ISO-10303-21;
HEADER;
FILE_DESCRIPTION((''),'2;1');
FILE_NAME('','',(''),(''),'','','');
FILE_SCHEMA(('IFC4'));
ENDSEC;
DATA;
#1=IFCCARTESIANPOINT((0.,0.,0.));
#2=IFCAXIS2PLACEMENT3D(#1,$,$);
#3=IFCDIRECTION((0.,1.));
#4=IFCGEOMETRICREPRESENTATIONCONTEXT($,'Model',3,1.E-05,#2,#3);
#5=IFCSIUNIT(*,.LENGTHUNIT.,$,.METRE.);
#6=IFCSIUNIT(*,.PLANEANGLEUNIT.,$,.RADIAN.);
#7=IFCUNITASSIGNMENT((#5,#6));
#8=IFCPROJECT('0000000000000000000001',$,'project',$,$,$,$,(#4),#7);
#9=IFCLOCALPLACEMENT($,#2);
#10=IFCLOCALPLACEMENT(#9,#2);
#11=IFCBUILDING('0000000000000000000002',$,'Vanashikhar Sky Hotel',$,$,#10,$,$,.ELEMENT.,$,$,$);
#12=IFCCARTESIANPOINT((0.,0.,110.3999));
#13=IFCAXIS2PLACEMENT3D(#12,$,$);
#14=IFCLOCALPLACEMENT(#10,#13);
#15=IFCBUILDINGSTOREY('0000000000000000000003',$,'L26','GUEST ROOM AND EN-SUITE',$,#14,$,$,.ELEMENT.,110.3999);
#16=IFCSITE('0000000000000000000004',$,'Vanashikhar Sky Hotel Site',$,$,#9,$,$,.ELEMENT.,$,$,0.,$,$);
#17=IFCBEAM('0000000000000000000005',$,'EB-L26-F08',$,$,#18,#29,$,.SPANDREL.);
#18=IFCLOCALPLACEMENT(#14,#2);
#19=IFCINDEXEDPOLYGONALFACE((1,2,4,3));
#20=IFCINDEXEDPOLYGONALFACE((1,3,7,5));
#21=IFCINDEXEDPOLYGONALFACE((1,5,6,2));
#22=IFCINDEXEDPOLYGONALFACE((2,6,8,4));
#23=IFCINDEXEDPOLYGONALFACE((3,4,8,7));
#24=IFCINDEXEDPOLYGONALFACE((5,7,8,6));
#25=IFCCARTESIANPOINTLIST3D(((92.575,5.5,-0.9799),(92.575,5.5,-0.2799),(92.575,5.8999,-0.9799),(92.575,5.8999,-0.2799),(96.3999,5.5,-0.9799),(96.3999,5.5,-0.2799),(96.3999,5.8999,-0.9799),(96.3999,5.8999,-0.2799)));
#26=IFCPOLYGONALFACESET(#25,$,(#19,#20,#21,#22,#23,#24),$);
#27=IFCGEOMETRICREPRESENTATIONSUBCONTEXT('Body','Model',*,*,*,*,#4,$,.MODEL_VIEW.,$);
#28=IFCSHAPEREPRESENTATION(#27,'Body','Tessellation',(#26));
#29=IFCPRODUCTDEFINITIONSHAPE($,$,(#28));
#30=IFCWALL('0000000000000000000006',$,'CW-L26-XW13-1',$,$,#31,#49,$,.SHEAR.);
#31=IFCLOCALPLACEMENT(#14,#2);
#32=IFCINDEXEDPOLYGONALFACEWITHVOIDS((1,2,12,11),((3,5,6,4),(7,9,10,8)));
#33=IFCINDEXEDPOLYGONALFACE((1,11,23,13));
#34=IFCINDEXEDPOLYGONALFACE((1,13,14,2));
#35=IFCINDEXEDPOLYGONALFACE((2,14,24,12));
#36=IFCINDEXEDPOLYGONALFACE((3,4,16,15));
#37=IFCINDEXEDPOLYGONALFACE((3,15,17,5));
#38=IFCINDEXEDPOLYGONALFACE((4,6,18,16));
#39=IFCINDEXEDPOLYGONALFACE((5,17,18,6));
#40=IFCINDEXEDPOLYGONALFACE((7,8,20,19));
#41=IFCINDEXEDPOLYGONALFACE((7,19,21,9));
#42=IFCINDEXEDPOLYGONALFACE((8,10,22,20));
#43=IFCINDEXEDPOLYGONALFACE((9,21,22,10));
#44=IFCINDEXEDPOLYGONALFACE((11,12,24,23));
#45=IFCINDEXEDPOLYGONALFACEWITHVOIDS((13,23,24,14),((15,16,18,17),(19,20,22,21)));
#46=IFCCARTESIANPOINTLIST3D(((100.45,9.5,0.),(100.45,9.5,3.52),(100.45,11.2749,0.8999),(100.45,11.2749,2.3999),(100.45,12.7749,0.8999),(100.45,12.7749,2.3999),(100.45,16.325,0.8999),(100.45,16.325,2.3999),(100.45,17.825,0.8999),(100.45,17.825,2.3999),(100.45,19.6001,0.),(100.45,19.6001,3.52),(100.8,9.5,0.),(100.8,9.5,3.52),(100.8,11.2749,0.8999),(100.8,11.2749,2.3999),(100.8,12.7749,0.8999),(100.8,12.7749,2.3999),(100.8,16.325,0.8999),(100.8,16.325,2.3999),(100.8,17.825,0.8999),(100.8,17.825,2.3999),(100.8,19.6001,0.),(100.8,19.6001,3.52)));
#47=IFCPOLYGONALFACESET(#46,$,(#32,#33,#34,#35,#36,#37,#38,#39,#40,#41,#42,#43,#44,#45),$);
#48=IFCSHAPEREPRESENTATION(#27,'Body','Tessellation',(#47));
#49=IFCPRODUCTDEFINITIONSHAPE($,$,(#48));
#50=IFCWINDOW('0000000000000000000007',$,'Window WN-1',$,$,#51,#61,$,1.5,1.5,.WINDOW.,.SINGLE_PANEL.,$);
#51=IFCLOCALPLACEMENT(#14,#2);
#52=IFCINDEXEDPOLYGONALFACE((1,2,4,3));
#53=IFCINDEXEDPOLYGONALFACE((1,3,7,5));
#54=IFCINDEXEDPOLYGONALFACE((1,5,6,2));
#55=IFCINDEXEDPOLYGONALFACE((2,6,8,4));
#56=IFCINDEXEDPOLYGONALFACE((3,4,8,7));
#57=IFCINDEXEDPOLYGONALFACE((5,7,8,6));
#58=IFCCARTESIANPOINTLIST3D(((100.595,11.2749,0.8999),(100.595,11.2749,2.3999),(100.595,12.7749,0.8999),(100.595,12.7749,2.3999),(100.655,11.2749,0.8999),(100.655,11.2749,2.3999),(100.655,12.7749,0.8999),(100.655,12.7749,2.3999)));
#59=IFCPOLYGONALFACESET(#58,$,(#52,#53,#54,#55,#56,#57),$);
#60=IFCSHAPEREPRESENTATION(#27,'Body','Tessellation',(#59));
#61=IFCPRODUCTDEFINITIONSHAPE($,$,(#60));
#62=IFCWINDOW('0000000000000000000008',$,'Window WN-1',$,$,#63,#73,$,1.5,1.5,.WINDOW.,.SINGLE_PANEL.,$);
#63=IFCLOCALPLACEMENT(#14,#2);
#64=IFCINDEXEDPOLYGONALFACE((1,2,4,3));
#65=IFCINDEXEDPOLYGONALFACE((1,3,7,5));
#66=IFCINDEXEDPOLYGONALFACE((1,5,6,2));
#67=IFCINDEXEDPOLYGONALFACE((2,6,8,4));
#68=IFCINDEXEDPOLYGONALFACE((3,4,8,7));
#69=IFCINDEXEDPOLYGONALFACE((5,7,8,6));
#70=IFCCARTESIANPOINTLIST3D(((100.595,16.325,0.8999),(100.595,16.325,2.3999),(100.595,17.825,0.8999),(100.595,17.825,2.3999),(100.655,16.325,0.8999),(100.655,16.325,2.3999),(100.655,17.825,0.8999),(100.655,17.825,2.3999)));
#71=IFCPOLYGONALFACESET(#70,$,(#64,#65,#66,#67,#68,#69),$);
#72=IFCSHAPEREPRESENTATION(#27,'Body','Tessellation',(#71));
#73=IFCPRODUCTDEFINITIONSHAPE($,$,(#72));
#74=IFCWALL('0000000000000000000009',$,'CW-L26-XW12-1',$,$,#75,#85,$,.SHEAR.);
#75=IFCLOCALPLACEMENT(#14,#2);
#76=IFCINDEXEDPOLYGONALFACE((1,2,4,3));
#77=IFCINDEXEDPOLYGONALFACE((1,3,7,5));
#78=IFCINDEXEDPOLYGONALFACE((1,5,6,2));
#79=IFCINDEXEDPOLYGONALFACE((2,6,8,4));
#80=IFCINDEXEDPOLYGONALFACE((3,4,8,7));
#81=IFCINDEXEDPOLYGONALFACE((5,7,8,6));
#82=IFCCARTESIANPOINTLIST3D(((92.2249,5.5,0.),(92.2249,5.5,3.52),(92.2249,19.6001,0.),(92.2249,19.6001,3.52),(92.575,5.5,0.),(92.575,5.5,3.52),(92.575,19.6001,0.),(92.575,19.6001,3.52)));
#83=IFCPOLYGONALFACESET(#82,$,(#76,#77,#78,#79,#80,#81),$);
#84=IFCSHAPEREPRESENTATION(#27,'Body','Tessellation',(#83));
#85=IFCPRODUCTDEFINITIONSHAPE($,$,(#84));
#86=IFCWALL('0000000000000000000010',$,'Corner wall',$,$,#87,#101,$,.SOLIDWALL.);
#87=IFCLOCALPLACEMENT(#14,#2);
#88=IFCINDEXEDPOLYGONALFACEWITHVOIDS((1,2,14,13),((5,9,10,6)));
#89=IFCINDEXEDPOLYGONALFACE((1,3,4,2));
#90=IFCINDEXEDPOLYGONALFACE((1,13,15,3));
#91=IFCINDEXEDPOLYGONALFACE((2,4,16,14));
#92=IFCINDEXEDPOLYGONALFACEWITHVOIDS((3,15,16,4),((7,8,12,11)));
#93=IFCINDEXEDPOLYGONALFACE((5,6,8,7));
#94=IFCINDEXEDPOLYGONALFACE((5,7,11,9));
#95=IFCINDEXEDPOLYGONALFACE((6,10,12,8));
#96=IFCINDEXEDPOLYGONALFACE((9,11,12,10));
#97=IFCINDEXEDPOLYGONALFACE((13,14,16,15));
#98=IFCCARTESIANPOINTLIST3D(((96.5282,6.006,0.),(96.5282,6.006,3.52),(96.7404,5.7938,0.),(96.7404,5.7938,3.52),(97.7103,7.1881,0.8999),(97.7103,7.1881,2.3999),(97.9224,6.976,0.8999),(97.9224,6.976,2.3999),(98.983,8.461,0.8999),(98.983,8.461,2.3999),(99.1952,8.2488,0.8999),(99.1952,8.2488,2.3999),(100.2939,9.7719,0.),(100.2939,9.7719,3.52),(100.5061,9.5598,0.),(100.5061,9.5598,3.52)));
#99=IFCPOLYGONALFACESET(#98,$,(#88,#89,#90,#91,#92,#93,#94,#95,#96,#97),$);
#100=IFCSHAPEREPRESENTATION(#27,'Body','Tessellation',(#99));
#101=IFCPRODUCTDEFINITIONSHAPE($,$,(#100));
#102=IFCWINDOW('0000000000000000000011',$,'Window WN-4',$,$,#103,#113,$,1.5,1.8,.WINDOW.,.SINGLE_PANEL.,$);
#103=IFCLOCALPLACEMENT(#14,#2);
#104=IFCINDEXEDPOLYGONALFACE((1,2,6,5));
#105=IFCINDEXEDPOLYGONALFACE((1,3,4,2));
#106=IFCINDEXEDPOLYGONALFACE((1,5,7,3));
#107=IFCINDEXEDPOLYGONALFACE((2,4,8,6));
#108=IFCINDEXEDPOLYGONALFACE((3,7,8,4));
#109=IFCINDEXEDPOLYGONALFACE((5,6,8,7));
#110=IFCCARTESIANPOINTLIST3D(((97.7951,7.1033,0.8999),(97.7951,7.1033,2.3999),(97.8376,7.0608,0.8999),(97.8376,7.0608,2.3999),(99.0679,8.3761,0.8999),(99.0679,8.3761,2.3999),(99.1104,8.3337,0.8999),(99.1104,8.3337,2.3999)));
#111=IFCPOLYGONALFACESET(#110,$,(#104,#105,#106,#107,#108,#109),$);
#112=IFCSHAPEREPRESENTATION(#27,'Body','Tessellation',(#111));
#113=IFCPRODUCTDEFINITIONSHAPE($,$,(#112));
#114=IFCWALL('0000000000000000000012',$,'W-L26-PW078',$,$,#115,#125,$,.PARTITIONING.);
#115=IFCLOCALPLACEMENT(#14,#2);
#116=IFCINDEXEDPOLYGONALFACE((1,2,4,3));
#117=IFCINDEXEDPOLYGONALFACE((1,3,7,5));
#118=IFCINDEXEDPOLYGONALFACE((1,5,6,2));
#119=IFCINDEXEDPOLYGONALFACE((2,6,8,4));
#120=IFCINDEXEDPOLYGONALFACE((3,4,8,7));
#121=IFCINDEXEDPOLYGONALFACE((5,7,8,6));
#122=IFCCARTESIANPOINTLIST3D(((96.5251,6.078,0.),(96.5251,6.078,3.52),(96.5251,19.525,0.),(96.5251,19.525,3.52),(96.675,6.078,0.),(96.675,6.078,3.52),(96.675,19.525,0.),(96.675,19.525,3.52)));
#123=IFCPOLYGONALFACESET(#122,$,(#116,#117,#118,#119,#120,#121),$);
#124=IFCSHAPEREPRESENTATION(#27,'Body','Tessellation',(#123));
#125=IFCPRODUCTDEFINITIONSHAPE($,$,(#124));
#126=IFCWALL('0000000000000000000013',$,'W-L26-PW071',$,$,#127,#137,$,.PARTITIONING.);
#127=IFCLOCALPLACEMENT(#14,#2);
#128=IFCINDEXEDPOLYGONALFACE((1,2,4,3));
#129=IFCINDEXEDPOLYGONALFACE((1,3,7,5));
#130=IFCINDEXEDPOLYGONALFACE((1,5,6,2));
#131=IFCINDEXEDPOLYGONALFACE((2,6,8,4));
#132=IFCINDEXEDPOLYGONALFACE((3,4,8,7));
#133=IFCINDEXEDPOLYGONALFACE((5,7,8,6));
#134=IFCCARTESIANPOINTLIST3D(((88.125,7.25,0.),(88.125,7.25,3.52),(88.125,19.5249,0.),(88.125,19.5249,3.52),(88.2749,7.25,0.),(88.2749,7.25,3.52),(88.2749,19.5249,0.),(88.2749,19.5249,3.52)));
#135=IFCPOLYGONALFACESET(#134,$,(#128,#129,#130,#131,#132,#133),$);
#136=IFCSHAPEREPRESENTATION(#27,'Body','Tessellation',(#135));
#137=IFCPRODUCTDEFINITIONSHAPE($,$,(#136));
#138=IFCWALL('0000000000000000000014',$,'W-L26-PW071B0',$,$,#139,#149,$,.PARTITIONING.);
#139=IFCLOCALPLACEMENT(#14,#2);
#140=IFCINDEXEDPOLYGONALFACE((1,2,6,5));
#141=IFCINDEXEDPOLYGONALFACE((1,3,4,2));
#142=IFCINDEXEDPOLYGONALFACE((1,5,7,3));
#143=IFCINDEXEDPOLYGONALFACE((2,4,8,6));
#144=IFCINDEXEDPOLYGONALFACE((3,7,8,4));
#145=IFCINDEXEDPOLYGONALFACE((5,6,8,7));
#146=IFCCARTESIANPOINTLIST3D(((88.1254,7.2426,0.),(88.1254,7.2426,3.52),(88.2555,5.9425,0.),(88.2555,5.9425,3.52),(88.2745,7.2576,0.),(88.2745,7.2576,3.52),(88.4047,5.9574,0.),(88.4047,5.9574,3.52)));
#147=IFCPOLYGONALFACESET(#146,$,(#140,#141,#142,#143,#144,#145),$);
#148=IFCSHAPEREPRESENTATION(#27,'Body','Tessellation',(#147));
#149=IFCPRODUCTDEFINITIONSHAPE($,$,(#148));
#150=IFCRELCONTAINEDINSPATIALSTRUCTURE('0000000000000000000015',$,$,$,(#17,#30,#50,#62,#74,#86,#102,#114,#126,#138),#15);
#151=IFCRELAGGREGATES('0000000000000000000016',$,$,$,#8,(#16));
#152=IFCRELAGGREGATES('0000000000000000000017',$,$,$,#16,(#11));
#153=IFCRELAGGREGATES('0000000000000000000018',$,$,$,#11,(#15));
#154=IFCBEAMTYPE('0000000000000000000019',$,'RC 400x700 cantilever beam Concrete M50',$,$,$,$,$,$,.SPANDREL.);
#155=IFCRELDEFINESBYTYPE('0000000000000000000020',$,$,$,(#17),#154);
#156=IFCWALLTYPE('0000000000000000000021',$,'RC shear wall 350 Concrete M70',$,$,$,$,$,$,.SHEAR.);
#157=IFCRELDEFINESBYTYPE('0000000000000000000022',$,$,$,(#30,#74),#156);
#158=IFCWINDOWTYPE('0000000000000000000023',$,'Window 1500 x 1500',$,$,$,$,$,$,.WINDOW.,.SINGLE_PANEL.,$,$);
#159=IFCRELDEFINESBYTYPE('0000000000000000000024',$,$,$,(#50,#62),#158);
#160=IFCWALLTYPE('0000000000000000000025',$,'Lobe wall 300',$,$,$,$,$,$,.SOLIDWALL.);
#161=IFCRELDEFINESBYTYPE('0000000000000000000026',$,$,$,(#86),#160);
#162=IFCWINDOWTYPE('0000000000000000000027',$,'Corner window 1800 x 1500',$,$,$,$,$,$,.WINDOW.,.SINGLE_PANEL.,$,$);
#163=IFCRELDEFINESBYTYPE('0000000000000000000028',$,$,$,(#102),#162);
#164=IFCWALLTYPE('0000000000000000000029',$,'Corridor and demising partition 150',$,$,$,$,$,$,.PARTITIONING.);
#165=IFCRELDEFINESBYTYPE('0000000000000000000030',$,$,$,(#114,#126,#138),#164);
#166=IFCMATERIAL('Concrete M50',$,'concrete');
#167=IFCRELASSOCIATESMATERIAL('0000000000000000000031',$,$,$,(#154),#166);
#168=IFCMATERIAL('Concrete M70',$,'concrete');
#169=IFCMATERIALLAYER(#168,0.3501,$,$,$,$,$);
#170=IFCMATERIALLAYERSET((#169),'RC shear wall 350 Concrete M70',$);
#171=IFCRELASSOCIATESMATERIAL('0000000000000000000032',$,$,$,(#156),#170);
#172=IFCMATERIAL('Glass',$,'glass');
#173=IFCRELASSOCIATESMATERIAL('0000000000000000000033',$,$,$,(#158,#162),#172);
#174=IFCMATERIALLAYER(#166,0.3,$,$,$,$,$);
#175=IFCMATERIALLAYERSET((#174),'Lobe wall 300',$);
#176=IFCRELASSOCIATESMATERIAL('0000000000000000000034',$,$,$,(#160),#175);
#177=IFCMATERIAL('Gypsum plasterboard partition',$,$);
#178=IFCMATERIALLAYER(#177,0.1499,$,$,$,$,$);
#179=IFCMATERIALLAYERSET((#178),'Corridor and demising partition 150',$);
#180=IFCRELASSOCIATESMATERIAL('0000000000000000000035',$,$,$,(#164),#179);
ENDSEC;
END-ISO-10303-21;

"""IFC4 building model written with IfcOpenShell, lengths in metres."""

from ifc_helpers import new_model, si_unit, direction, frame, frame_2d, origin, origin_2d, place, context, subcontext, project, spatial, rectangle, extrude, source, transform, mapped, material, layer, layer_set, material_profile, profile_set, type_object, element, fill, save


model = new_model("IFC4")

# Units and contexts
model_context = context("Model", 3, precision=1e-05, world=origin(), true_north=direction((0.0, 1.0)))
body_context = subcontext(model_context, "Body", "Model", "MODEL_VIEW")
ifc_project = project(units=[si_unit("LENGTHUNIT", "METRE"), si_unit("PLANEANGLEUNIT", "RADIAN")], contexts=[model_context])

# Site, building, storey
site_placement = place(None, origin())
site = spatial("IfcSite", under=ifc_project, at=site_placement, Name="Vanashikhar Sky Hotel Site", CompositionType="ELEMENT", RefElevation=0.0)
building_placement = place(site_placement, origin())
building = spatial("IfcBuilding", under=site, at=building_placement, Name="Vanashikhar Sky Hotel", CompositionType="ELEMENT")
storey_placement = place(building_placement, frame((0.0, 0.0, 110.3999)))
storey = spatial("IfcBuildingStorey", under=building, at=storey_placement, Name="L26", Description="GUEST ROOM AND EN-SUITE", CompositionType="ELEMENT", Elevation=110.3999)

# Beam
ifc_material_1 = material(Name="Concrete M50", Category="concrete")
ifc_material_profile = material_profile(ifc_material_1, rectangle(XDim=0.3999, YDim=0.7, at=origin_2d()))
ifc_profile_set = profile_set([ifc_material_profile], Name="RC 400x700 cantilever beam Concrete M50")
beam_type = type_object("IfcBeamType", Name="RC 400x700 cantilever beam Concrete M50", PredefinedType="SPANDREL", material=ifc_profile_set)
shared_shape_1 = source(origin(), body_context, "Body", "SweptSolid", [
    extrude(rectangle(XDim=0.3999, YDim=0.7, at=origin_2d()), origin(), (0.0, 0.0, 1.0), 3.825),
])
beam_placement = place(storey_placement, frame((92.575, 5.7, -0.6299), z_axis=(1.0, 0.0, 0.0), x_axis=(0.0, 1.0, 0.0)))
element("IfcBeam", 1, at=beam_placement, inside=storey, type_object=beam_type, Name="EB-L26-F08", PredefinedType="SPANDREL", context=body_context, shape_type="MappedRepresentation", body=[
    mapped(shared_shape_1, transform((0.0, 0.0, 0.0), scale=1.0)),
])

# Wall, openings, windows
ifc_material_2 = material(Name="Concrete M70", Category="concrete")
ifc_layer_1 = layer(ifc_material_2, 0.3501)
ifc_layer_set_1 = layer_set([ifc_layer_1], Name="RC shear wall 350 Concrete M70")
wall_type_1 = type_object("IfcWallType", Name="RC shear wall 350 Concrete M70", PredefinedType="SHEAR", material=ifc_layer_set_1)
shared_shape_2 = source(origin(), body_context, "Body", "SweptSolid", [
    extrude(rectangle(XDim=10.1001, YDim=0.3501, at=frame_2d((5.05, 0.0))), origin(), (0.0, 0.0, 1.0), 3.52),
])
wall_1_placement = place(storey_placement, frame((100.625, 9.5, 0.0), z_axis=(0.0, 0.0, 1.0), x_axis=(0.0, 1.0, 0.0)))
wall_1 = element("IfcWall", 2, at=wall_1_placement, inside=storey, type_object=wall_type_1, Name="CW-L26-XW13-1", PredefinedType="SHEAR", context=body_context, shape_type="MappedRepresentation", body=[
    mapped(shared_shape_2, transform((0.0, 0.0, 0.0), scale=1.0)),
])
shared_shape_3 = source(origin(), body_context, "Body", "SweptSolid", [
    extrude(rectangle(XDim=1.5, YDim=1.5, at=frame_2d((0.75, 0.75))), frame((0.0, 0.1851, 0.0), z_axis=(0.0, -1.0, 0.0), x_axis=(1.0, 0.0, 0.0)), (0.0, 0.0, 1.0), 0.3701),
])
opening_1_placement = place(wall_1_placement, frame((1.7749, 0.0, 0.8999)))
opening_1 = element("IfcOpeningElement", 3, at=opening_1_placement, cuts=wall_1, PredefinedType="OPENING", context=body_context, shape_type="MappedRepresentation", body=[
    mapped(shared_shape_3, transform((0.0, 0.0, 0.0), scale=1.0)),
])
opening_2_placement = place(wall_1_placement, frame((6.825, 0.0, 0.8999)))
opening_2 = element("IfcOpeningElement", 4, at=opening_2_placement, cuts=wall_1, PredefinedType="OPENING", context=body_context, shape_type="MappedRepresentation", body=[
    mapped(shared_shape_3, transform((0.0, 0.0, 0.0), scale=1.0)),
])
ifc_material_3 = material(Name="Glass", Category="glass")
window_type_1 = type_object("IfcWindowType", Name="Window 1500 x 1500", PartitioningType="SINGLE_PANEL", PredefinedType="WINDOW", material=ifc_material_3)
shared_shape_4 = source(origin(), body_context, "Body", "SweptSolid", [
    extrude(rectangle(XDim=1.5, YDim=1.5, at=frame_2d((0.75, 0.75))), frame((0.0, 0.03, 0.0), z_axis=(0.0, -1.0, 0.0), x_axis=(1.0, 0.0, 0.0)), (0.0, 0.0, 1.0), 0.0601),
])
window_1_placement = place(opening_1_placement, origin())
window_1 = element("IfcWindow", 5, at=window_1_placement, inside=storey, type_object=window_type_1, Name="Window WN-1", OverallHeight=1.5, OverallWidth=1.5, PartitioningType="SINGLE_PANEL", PredefinedType="WINDOW", context=body_context, shape_type="MappedRepresentation", body=[
    mapped(shared_shape_4, transform((0.0, 0.0, 0.0), scale=1.0)),
])
fill(opening_1, window_1)
window_2_placement = place(opening_2_placement, origin())
window_2 = element("IfcWindow", 6, at=window_2_placement, inside=storey, type_object=window_type_1, Name="Window WN-1", OverallHeight=1.5, OverallWidth=1.5, PartitioningType="SINGLE_PANEL", PredefinedType="WINDOW", context=body_context, shape_type="MappedRepresentation", body=[
    mapped(shared_shape_4, transform((0.0, 0.0, 0.0), scale=1.0)),
])
fill(opening_2, window_2)

# Wall
shared_shape_5 = source(origin(), body_context, "Body", "SweptSolid", [
    extrude(rectangle(XDim=14.1001, YDim=0.3501, at=frame_2d((7.05, 0.0))), origin(), (0.0, 0.0, 1.0), 3.52),
])
wall_2_placement = place(storey_placement, frame((92.3999, 5.5, 0.0), z_axis=(0.0, 0.0, 1.0), x_axis=(0.0, 1.0, 0.0)))
element("IfcWall", 7, at=wall_2_placement, inside=storey, type_object=wall_type_1, Name="CW-L26-XW12-1", PredefinedType="SHEAR", context=body_context, shape_type="MappedRepresentation", body=[
    mapped(shared_shape_5, transform((0.0, 0.0, 0.0), scale=1.0)),
])

# Wall, opening, window
ifc_layer_2 = layer(ifc_material_1, 0.3)
ifc_layer_set_2 = layer_set([ifc_layer_2], Name="Lobe wall 300")
wall_type_2 = type_object("IfcWallType", Name="Lobe wall 300", PredefinedType="SOLIDWALL", material=ifc_layer_set_2)
shared_shape_6 = source(origin(), body_context, "Body", "SweptSolid", [
    extrude(rectangle(XDim=5.3257, YDim=0.3, at=frame_2d((2.6628, 0.0))), origin(), (0.0, 0.0, 1.0), 3.52),
])
wall_3_placement = place(storey_placement, frame((96.6343, 5.8999, 0.0), z_axis=(0.0, 0.0, 1.0), x_axis=(0.707084, 0.70713, 0.0)))
wall_3 = element("IfcWall", 8, at=wall_3_placement, inside=storey, type_object=wall_type_2, Name="Corner wall", PredefinedType="SOLIDWALL", context=body_context, shape_type="MappedRepresentation", body=[
    mapped(shared_shape_6, transform((0.0, 0.0, 0.0), scale=1.0)),
])
shared_shape_7 = source(origin(), body_context, "Body", "SweptSolid", [
    extrude(rectangle(XDim=1.8, YDim=1.5, at=frame_2d((0.8999, 0.75))), frame((0.0, 0.1602, 0.0), z_axis=(0.0, -1.0, 0.0), x_axis=(1.0, 0.0, 0.0)), (0.0, 0.0, 1.0), 0.3201),
])
opening_3_placement = place(wall_3_placement, frame((1.6719, 0.0, 0.8999)))
opening_3 = element("IfcOpeningElement", 9, at=opening_3_placement, cuts=wall_3, PredefinedType="OPENING", context=body_context, shape_type="MappedRepresentation", body=[
    mapped(shared_shape_7, transform((0.0, 0.0, 0.0), scale=1.0)),
])
window_type_2 = type_object("IfcWindowType", Name="Corner window 1800 x 1500", PartitioningType="SINGLE_PANEL", PredefinedType="WINDOW", material=ifc_material_3)
shared_shape_8 = source(origin(), body_context, "Body", "SweptSolid", [
    extrude(rectangle(XDim=1.8, YDim=1.5, at=frame_2d((0.8999, 0.75))), frame((0.0, 0.03, 0.0), z_axis=(0.0, -1.0, 0.0), x_axis=(1.0, 0.0, 0.0)), (0.0, 0.0, 1.0), 0.0601),
])
window_3_placement = place(opening_3_placement, origin())
window_3 = element("IfcWindow", 10, at=window_3_placement, inside=storey, type_object=window_type_2, Name="Window WN-4", OverallHeight=1.5, OverallWidth=1.8, PartitioningType="SINGLE_PANEL", PredefinedType="WINDOW", context=body_context, shape_type="MappedRepresentation", body=[
    mapped(shared_shape_8, transform((0.0, 0.0, 0.0), scale=1.0)),
])
fill(opening_3, window_3)

# Walls
ifc_material_4 = material(Name="Gypsum plasterboard partition")
ifc_layer_3 = layer(ifc_material_4, 0.1499)
ifc_layer_set_3 = layer_set([ifc_layer_3], Name="Corridor and demising partition 150")
wall_type_3 = type_object("IfcWallType", Name="Corridor and demising partition 150", PredefinedType="PARTITIONING", material=ifc_layer_set_3)
shared_shape_9 = source(origin(), body_context, "Body", "SweptSolid", [
    extrude(rectangle(XDim=13.447, YDim=0.1499, at=frame_2d((6.7236, 0.0))), origin(), (0.0, 0.0, 1.0), 3.52),
])
wall_4_placement = place(storey_placement, frame((96.6001, 6.0779, 0.0), z_axis=(0.0, 0.0, 1.0), x_axis=(0.0, 1.0, 0.0)))
element("IfcWall", 11, at=wall_4_placement, inside=storey, type_object=wall_type_3, Name="W-L26-PW078", PredefinedType="PARTITIONING", context=body_context, shape_type="MappedRepresentation", body=[
    mapped(shared_shape_9, transform((0.0, 0.0, 0.0), scale=1.0)),
])
shared_shape_10 = source(origin(), body_context, "Body", "SweptSolid", [
    extrude(rectangle(XDim=12.2749, YDim=0.1499, at=frame_2d((6.1375, 0.0))), origin(), (0.0, 0.0, 1.0), 3.52),
])
wall_5_placement = place(storey_placement, frame((88.2, 7.25, 0.0), z_axis=(0.0, 0.0, 1.0), x_axis=(0.0, 1.0, 0.0)))
element("IfcWall", 12, at=wall_5_placement, inside=storey, type_object=wall_type_3, Name="W-L26-PW071", PredefinedType="PARTITIONING", context=body_context, shape_type="MappedRepresentation", body=[
    mapped(shared_shape_10, transform((0.0, 0.0, 0.0), scale=1.0)),
])
shared_shape_11 = source(origin(), body_context, "Body", "SweptSolid", [
    extrude(rectangle(XDim=1.3066, YDim=0.1499, at=frame_2d((0.6533, 0.0))), origin(), (0.0, 0.0, 1.0), 3.52),
])
wall_6_placement = place(storey_placement, frame((88.3301, 5.95, 0.0), z_axis=(0.0, 0.0, 1.0), x_axis=(-0.099596, 0.995028, 0.0)))
element("IfcWall", 13, at=wall_6_placement, inside=storey, type_object=wall_type_3, Name="W-L26-PW071B0", PredefinedType="PARTITIONING", context=body_context, shape_type="MappedRepresentation", body=[
    mapped(shared_shape_11, transform((0.0, 0.0, 0.0), scale=1.0)),
])

save(model, "model.ifc")
